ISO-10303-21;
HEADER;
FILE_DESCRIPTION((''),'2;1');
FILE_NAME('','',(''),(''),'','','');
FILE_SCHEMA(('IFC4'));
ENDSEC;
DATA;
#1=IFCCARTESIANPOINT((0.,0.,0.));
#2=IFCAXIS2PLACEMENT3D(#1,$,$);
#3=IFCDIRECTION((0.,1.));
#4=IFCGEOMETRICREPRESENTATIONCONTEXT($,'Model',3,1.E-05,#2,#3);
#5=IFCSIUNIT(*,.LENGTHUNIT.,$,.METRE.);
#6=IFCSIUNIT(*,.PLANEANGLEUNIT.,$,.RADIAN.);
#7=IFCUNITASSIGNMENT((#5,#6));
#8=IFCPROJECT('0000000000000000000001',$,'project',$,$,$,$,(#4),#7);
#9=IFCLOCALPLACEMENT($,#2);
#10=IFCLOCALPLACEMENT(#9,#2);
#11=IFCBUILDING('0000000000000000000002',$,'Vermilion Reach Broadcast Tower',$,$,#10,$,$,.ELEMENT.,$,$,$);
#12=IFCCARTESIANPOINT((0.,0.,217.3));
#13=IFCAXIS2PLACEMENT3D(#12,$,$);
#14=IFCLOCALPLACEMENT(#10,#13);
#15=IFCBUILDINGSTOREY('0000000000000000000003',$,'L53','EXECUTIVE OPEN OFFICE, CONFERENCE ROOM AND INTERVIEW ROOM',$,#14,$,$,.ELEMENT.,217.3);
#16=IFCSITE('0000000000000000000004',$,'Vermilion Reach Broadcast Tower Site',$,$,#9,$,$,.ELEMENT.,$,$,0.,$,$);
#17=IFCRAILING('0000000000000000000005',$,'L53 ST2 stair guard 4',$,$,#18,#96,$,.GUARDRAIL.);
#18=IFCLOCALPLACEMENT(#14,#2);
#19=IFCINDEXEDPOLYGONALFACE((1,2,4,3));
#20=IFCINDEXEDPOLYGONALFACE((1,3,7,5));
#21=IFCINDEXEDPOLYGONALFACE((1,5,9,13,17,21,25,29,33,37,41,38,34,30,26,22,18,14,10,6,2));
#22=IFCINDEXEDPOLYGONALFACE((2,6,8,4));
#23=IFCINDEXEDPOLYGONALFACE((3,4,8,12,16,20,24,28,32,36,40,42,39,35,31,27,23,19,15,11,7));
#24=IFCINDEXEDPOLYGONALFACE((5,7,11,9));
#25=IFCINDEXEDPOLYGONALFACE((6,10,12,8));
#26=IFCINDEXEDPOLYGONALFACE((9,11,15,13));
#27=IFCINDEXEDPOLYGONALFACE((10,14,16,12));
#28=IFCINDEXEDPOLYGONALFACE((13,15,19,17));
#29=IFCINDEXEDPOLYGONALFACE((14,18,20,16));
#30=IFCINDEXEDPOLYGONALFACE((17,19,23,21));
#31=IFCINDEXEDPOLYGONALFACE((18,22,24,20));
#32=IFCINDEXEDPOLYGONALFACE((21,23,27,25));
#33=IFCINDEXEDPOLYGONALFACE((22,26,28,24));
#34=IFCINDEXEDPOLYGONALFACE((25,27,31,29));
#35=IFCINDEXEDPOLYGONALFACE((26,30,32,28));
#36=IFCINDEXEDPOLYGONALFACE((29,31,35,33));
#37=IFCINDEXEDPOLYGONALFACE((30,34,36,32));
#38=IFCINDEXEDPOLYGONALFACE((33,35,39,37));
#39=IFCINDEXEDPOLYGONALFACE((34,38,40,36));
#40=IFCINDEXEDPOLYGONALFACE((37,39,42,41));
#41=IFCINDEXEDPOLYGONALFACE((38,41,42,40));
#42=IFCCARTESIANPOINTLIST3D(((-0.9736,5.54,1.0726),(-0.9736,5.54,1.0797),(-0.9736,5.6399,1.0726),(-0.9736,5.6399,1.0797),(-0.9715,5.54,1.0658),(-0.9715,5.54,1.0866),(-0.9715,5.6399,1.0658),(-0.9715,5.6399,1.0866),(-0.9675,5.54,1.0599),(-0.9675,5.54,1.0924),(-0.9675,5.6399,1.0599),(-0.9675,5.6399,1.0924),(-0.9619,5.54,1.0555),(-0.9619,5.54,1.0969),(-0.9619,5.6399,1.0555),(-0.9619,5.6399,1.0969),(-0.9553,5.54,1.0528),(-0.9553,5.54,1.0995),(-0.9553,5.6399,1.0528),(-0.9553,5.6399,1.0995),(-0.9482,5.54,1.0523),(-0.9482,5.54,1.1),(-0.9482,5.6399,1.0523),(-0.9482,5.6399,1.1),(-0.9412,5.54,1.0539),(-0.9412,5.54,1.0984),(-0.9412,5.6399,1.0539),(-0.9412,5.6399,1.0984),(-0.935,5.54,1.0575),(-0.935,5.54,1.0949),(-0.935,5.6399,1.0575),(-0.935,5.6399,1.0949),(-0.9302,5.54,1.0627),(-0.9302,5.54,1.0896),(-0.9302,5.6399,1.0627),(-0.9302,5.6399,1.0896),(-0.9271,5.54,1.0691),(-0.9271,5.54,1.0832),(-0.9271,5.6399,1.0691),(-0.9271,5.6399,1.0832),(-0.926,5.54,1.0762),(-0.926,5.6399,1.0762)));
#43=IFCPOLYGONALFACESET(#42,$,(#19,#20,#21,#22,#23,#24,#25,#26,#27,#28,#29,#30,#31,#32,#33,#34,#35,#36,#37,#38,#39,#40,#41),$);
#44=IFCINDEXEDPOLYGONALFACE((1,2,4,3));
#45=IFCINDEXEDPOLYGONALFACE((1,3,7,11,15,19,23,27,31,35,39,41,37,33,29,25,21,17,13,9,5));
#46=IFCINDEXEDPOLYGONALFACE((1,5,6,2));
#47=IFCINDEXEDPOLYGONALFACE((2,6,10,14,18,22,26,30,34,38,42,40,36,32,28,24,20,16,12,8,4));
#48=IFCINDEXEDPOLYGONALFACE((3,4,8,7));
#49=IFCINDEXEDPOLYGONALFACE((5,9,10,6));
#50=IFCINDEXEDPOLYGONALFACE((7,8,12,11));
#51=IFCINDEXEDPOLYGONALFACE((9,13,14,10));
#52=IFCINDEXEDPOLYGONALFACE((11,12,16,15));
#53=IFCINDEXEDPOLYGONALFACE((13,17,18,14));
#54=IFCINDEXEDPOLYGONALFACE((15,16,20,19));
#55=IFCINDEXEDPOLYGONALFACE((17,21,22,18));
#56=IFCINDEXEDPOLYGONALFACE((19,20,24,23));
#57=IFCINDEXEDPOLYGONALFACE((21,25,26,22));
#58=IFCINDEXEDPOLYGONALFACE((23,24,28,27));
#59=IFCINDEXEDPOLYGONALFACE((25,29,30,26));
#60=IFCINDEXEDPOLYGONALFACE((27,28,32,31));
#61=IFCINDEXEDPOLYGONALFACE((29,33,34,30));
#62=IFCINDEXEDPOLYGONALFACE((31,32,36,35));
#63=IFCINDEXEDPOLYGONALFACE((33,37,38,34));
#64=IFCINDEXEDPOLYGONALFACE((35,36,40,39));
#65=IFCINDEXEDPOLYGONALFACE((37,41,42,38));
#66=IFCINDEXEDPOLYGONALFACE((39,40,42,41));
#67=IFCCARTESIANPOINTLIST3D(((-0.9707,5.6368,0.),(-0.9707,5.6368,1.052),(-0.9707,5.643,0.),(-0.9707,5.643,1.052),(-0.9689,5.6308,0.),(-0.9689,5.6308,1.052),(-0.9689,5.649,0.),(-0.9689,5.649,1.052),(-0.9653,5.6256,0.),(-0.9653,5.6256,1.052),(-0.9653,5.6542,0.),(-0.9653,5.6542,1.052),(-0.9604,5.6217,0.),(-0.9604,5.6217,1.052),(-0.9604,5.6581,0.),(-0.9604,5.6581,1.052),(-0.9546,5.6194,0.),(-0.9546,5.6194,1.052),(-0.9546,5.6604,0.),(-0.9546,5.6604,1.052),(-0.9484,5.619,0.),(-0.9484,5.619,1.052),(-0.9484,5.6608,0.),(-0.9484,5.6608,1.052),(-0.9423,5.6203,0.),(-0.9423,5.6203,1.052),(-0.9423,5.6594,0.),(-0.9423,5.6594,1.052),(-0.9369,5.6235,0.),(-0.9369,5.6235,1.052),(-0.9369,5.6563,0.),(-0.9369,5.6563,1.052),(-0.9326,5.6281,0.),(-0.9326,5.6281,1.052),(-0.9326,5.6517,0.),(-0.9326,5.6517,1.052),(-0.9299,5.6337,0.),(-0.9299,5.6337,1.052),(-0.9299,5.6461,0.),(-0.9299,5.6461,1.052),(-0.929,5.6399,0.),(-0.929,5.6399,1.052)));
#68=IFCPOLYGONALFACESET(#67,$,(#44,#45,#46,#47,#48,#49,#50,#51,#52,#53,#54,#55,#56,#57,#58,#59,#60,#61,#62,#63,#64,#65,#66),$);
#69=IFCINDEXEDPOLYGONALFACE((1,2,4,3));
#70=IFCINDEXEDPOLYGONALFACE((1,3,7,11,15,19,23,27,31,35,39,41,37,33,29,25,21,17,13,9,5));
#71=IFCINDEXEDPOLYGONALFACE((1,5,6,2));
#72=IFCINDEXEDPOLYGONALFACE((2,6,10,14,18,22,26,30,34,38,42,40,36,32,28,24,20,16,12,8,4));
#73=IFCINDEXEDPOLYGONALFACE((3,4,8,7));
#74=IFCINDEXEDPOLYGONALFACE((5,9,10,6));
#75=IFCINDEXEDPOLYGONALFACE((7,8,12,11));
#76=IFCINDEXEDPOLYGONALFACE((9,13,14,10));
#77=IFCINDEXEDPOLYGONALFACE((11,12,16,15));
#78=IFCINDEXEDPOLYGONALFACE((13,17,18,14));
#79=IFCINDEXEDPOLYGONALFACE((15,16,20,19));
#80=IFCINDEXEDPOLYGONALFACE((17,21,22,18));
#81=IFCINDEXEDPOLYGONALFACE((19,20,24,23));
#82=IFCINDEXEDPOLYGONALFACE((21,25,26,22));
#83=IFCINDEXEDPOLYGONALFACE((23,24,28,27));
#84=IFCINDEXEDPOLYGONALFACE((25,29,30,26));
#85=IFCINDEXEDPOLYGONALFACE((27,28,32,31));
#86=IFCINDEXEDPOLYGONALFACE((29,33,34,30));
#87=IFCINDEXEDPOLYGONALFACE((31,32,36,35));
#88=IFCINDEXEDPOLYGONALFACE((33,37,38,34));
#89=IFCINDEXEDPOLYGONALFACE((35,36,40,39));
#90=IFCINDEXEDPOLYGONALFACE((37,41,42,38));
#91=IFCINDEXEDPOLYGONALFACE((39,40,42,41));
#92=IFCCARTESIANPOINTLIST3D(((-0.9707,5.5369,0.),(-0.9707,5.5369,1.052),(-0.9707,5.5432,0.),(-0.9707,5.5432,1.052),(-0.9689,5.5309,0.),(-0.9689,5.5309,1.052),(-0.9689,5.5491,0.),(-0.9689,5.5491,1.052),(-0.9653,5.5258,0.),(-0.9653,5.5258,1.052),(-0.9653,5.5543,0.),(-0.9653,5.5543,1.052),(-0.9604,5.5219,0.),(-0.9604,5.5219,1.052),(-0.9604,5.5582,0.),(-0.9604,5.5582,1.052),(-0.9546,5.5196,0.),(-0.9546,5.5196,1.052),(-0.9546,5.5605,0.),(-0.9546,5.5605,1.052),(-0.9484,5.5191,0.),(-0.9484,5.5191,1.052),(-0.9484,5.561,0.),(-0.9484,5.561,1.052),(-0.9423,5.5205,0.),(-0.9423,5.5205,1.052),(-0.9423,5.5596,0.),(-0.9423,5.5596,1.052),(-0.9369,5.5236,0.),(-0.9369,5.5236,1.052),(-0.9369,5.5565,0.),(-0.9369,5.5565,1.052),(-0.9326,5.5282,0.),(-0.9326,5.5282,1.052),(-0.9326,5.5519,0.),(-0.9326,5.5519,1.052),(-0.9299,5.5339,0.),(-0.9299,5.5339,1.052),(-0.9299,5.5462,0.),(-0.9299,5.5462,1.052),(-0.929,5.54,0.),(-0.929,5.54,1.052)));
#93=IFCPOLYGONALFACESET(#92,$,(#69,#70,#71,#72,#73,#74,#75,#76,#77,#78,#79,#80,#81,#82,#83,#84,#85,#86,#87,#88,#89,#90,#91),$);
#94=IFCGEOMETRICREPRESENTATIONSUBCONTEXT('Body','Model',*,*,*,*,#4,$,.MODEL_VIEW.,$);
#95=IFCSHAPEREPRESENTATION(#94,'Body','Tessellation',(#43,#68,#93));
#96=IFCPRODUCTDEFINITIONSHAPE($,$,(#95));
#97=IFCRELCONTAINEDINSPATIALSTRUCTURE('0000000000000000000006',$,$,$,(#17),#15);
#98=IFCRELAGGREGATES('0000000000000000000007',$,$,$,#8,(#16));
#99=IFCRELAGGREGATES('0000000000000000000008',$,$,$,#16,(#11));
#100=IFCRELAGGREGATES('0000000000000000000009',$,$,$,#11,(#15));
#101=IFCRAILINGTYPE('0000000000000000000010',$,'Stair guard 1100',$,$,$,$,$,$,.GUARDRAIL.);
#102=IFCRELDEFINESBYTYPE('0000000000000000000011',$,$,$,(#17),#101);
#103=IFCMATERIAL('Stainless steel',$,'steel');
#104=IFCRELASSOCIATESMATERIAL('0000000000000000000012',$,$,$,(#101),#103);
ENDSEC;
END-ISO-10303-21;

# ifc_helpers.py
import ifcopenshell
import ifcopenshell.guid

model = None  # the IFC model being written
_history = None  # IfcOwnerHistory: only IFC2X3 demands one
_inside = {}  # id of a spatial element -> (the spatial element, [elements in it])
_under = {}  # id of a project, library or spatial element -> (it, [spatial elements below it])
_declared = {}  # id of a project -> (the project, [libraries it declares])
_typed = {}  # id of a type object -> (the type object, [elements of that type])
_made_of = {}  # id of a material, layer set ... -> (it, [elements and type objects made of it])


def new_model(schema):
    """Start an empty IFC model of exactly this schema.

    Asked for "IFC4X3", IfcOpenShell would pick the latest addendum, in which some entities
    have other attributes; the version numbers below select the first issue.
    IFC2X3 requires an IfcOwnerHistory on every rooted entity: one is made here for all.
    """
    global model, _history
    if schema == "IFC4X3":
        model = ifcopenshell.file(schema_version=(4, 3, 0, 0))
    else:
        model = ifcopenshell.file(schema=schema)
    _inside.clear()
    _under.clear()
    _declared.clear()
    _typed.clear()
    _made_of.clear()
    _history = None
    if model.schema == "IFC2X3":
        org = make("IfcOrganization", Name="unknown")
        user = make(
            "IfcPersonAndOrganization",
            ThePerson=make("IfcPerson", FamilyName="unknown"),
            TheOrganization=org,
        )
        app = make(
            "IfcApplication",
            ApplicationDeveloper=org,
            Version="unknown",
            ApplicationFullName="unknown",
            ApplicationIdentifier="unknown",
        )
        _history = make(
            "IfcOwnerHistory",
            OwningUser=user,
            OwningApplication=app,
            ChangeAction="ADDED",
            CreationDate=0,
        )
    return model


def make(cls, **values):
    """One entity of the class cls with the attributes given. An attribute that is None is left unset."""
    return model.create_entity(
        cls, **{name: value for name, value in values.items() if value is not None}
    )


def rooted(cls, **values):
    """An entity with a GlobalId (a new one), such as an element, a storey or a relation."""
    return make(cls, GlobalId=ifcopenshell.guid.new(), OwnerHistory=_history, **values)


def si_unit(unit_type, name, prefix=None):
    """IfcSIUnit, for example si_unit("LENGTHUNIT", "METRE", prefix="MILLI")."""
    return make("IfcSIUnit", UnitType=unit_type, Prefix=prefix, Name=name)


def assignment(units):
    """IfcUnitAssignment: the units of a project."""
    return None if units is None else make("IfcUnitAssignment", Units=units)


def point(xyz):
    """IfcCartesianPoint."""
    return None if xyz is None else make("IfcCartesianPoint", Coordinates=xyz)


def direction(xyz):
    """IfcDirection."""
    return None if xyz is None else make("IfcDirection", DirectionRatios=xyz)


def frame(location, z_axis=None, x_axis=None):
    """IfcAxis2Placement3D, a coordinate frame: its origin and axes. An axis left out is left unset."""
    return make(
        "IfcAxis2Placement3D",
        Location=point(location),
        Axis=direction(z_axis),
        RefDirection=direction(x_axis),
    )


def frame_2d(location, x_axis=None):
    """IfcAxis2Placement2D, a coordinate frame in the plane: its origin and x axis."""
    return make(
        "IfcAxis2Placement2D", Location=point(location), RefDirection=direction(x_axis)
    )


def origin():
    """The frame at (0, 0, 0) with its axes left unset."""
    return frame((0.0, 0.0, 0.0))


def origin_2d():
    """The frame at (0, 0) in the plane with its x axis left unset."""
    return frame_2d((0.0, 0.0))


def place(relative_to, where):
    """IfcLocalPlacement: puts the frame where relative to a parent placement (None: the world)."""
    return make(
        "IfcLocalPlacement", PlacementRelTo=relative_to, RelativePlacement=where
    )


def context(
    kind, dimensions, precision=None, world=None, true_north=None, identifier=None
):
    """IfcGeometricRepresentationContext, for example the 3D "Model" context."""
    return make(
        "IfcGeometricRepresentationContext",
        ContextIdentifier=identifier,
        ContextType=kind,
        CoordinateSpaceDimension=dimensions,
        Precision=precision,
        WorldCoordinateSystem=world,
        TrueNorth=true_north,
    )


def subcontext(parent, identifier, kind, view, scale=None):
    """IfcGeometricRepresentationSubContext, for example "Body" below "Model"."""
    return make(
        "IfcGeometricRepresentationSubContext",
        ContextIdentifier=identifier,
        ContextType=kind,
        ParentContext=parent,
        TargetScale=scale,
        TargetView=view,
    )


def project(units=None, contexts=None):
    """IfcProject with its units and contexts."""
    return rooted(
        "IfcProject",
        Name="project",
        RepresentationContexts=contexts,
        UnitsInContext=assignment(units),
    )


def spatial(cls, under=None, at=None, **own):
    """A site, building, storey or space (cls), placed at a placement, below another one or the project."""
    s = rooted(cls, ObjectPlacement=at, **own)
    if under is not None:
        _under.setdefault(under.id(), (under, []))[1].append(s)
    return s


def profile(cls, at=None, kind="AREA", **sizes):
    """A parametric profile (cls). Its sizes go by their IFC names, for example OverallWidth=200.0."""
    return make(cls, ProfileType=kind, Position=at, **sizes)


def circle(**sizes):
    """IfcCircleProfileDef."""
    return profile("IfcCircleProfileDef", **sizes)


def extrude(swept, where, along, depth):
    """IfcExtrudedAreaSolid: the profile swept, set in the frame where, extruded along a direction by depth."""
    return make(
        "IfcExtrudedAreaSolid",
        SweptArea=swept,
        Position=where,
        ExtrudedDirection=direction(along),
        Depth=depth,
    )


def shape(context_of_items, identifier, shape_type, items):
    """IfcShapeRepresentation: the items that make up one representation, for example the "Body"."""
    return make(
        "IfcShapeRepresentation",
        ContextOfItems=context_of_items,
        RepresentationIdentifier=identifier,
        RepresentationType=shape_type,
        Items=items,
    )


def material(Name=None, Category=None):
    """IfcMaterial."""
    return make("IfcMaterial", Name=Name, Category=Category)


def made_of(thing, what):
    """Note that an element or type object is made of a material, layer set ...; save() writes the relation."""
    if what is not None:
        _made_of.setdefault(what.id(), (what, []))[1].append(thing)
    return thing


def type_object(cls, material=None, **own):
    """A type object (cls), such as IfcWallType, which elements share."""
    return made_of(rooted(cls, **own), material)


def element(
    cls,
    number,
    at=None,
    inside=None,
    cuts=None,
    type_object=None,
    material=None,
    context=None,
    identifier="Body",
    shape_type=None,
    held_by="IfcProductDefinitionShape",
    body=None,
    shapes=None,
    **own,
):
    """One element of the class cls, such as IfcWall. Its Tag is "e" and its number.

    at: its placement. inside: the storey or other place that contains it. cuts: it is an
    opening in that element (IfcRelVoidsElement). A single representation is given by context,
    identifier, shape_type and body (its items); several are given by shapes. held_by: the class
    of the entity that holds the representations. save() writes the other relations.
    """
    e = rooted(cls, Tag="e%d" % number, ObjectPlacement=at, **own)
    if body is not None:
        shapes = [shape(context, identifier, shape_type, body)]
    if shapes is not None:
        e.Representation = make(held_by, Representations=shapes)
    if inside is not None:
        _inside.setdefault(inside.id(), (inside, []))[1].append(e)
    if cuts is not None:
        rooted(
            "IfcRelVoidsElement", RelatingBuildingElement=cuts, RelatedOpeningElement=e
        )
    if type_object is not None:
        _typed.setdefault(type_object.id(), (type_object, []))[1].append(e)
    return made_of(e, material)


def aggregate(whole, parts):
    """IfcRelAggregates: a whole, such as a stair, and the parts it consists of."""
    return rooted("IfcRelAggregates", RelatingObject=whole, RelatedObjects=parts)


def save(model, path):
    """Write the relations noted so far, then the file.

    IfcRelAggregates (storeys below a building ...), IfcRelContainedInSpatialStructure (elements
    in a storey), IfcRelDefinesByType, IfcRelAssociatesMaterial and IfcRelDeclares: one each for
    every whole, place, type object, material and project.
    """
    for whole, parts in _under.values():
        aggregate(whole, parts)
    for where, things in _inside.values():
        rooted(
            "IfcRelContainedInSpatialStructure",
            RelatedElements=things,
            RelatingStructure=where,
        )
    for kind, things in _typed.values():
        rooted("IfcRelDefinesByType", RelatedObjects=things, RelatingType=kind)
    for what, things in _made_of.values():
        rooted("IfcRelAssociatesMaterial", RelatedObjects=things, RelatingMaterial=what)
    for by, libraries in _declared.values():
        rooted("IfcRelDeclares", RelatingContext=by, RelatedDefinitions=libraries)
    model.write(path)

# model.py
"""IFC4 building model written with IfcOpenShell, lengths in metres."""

from ifc_helpers import new_model, si_unit, direction, frame, origin, origin_2d, place, context, subcontext, project, spatial, circle, extrude, material, type_object, element, save


model = new_model("IFC4")

# Units and contexts
model_context = context("Model", 3, precision=1e-05, world=origin(), true_north=direction((0.0, 1.0)))
body_context = subcontext(model_context, "Body", "Model", "MODEL_VIEW")
ifc_project = project(units=[si_unit("LENGTHUNIT", "METRE"), si_unit("PLANEANGLEUNIT", "RADIAN")], contexts=[model_context])

# Site, building, storey
site_placement = place(None, origin())
site = spatial("IfcSite", under=ifc_project, at=site_placement, Name="Vermilion Reach Broadcast Tower Site", CompositionType="ELEMENT", RefElevation=0.0)
building_placement = place(site_placement, origin())
building = spatial("IfcBuilding", under=site, at=building_placement, Name="Vermilion Reach Broadcast Tower", CompositionType="ELEMENT")
storey_placement = place(building_placement, frame((0.0, 0.0, 217.3)))
storey = spatial("IfcBuildingStorey", under=building, at=storey_placement, Name="L53", Description="EXECUTIVE OPEN OFFICE, CONFERENCE ROOM AND INTERVIEW ROOM", CompositionType="ELEMENT", Elevation=217.3)

# Railing
ifc_material_1 = material(Name="Stainless steel", Category="steel")
railing_type_1 = type_object("IfcRailingType", Name="Stair guard 1100", PredefinedType="GUARDRAIL", material=ifc_material_1)
railing_1_placement = place(storey_placement, frame((-0.95, 5.6399, 0.0)))
element("IfcRailing", 1, at=railing_1_placement, inside=storey, type_object=railing_type_1, Name="L53 ST2 stair guard 4", PredefinedType="GUARDRAIL", context=body_context, shape_type="SweptSolid", body=[
    extrude(circle(Radius=0.0239, at=origin_2d()), frame((0.0, 0.0, 1.0762), z_axis=(0.0, -1.0, 0.0), x_axis=(1.0, 0.0, 0.0)), (0.0, 0.0, 1.0), 0.0999),
    extrude(circle(Radius=0.021, at=origin_2d()), origin(), (0.0, 0.0, 1.0), 1.052),
    extrude(circle(Radius=0.021, at=origin_2d()), frame((0.0, -0.0999, 0.0)), (0.0, 0.0, 1.0), 1.052),
])

save(model, "model.ifc")
